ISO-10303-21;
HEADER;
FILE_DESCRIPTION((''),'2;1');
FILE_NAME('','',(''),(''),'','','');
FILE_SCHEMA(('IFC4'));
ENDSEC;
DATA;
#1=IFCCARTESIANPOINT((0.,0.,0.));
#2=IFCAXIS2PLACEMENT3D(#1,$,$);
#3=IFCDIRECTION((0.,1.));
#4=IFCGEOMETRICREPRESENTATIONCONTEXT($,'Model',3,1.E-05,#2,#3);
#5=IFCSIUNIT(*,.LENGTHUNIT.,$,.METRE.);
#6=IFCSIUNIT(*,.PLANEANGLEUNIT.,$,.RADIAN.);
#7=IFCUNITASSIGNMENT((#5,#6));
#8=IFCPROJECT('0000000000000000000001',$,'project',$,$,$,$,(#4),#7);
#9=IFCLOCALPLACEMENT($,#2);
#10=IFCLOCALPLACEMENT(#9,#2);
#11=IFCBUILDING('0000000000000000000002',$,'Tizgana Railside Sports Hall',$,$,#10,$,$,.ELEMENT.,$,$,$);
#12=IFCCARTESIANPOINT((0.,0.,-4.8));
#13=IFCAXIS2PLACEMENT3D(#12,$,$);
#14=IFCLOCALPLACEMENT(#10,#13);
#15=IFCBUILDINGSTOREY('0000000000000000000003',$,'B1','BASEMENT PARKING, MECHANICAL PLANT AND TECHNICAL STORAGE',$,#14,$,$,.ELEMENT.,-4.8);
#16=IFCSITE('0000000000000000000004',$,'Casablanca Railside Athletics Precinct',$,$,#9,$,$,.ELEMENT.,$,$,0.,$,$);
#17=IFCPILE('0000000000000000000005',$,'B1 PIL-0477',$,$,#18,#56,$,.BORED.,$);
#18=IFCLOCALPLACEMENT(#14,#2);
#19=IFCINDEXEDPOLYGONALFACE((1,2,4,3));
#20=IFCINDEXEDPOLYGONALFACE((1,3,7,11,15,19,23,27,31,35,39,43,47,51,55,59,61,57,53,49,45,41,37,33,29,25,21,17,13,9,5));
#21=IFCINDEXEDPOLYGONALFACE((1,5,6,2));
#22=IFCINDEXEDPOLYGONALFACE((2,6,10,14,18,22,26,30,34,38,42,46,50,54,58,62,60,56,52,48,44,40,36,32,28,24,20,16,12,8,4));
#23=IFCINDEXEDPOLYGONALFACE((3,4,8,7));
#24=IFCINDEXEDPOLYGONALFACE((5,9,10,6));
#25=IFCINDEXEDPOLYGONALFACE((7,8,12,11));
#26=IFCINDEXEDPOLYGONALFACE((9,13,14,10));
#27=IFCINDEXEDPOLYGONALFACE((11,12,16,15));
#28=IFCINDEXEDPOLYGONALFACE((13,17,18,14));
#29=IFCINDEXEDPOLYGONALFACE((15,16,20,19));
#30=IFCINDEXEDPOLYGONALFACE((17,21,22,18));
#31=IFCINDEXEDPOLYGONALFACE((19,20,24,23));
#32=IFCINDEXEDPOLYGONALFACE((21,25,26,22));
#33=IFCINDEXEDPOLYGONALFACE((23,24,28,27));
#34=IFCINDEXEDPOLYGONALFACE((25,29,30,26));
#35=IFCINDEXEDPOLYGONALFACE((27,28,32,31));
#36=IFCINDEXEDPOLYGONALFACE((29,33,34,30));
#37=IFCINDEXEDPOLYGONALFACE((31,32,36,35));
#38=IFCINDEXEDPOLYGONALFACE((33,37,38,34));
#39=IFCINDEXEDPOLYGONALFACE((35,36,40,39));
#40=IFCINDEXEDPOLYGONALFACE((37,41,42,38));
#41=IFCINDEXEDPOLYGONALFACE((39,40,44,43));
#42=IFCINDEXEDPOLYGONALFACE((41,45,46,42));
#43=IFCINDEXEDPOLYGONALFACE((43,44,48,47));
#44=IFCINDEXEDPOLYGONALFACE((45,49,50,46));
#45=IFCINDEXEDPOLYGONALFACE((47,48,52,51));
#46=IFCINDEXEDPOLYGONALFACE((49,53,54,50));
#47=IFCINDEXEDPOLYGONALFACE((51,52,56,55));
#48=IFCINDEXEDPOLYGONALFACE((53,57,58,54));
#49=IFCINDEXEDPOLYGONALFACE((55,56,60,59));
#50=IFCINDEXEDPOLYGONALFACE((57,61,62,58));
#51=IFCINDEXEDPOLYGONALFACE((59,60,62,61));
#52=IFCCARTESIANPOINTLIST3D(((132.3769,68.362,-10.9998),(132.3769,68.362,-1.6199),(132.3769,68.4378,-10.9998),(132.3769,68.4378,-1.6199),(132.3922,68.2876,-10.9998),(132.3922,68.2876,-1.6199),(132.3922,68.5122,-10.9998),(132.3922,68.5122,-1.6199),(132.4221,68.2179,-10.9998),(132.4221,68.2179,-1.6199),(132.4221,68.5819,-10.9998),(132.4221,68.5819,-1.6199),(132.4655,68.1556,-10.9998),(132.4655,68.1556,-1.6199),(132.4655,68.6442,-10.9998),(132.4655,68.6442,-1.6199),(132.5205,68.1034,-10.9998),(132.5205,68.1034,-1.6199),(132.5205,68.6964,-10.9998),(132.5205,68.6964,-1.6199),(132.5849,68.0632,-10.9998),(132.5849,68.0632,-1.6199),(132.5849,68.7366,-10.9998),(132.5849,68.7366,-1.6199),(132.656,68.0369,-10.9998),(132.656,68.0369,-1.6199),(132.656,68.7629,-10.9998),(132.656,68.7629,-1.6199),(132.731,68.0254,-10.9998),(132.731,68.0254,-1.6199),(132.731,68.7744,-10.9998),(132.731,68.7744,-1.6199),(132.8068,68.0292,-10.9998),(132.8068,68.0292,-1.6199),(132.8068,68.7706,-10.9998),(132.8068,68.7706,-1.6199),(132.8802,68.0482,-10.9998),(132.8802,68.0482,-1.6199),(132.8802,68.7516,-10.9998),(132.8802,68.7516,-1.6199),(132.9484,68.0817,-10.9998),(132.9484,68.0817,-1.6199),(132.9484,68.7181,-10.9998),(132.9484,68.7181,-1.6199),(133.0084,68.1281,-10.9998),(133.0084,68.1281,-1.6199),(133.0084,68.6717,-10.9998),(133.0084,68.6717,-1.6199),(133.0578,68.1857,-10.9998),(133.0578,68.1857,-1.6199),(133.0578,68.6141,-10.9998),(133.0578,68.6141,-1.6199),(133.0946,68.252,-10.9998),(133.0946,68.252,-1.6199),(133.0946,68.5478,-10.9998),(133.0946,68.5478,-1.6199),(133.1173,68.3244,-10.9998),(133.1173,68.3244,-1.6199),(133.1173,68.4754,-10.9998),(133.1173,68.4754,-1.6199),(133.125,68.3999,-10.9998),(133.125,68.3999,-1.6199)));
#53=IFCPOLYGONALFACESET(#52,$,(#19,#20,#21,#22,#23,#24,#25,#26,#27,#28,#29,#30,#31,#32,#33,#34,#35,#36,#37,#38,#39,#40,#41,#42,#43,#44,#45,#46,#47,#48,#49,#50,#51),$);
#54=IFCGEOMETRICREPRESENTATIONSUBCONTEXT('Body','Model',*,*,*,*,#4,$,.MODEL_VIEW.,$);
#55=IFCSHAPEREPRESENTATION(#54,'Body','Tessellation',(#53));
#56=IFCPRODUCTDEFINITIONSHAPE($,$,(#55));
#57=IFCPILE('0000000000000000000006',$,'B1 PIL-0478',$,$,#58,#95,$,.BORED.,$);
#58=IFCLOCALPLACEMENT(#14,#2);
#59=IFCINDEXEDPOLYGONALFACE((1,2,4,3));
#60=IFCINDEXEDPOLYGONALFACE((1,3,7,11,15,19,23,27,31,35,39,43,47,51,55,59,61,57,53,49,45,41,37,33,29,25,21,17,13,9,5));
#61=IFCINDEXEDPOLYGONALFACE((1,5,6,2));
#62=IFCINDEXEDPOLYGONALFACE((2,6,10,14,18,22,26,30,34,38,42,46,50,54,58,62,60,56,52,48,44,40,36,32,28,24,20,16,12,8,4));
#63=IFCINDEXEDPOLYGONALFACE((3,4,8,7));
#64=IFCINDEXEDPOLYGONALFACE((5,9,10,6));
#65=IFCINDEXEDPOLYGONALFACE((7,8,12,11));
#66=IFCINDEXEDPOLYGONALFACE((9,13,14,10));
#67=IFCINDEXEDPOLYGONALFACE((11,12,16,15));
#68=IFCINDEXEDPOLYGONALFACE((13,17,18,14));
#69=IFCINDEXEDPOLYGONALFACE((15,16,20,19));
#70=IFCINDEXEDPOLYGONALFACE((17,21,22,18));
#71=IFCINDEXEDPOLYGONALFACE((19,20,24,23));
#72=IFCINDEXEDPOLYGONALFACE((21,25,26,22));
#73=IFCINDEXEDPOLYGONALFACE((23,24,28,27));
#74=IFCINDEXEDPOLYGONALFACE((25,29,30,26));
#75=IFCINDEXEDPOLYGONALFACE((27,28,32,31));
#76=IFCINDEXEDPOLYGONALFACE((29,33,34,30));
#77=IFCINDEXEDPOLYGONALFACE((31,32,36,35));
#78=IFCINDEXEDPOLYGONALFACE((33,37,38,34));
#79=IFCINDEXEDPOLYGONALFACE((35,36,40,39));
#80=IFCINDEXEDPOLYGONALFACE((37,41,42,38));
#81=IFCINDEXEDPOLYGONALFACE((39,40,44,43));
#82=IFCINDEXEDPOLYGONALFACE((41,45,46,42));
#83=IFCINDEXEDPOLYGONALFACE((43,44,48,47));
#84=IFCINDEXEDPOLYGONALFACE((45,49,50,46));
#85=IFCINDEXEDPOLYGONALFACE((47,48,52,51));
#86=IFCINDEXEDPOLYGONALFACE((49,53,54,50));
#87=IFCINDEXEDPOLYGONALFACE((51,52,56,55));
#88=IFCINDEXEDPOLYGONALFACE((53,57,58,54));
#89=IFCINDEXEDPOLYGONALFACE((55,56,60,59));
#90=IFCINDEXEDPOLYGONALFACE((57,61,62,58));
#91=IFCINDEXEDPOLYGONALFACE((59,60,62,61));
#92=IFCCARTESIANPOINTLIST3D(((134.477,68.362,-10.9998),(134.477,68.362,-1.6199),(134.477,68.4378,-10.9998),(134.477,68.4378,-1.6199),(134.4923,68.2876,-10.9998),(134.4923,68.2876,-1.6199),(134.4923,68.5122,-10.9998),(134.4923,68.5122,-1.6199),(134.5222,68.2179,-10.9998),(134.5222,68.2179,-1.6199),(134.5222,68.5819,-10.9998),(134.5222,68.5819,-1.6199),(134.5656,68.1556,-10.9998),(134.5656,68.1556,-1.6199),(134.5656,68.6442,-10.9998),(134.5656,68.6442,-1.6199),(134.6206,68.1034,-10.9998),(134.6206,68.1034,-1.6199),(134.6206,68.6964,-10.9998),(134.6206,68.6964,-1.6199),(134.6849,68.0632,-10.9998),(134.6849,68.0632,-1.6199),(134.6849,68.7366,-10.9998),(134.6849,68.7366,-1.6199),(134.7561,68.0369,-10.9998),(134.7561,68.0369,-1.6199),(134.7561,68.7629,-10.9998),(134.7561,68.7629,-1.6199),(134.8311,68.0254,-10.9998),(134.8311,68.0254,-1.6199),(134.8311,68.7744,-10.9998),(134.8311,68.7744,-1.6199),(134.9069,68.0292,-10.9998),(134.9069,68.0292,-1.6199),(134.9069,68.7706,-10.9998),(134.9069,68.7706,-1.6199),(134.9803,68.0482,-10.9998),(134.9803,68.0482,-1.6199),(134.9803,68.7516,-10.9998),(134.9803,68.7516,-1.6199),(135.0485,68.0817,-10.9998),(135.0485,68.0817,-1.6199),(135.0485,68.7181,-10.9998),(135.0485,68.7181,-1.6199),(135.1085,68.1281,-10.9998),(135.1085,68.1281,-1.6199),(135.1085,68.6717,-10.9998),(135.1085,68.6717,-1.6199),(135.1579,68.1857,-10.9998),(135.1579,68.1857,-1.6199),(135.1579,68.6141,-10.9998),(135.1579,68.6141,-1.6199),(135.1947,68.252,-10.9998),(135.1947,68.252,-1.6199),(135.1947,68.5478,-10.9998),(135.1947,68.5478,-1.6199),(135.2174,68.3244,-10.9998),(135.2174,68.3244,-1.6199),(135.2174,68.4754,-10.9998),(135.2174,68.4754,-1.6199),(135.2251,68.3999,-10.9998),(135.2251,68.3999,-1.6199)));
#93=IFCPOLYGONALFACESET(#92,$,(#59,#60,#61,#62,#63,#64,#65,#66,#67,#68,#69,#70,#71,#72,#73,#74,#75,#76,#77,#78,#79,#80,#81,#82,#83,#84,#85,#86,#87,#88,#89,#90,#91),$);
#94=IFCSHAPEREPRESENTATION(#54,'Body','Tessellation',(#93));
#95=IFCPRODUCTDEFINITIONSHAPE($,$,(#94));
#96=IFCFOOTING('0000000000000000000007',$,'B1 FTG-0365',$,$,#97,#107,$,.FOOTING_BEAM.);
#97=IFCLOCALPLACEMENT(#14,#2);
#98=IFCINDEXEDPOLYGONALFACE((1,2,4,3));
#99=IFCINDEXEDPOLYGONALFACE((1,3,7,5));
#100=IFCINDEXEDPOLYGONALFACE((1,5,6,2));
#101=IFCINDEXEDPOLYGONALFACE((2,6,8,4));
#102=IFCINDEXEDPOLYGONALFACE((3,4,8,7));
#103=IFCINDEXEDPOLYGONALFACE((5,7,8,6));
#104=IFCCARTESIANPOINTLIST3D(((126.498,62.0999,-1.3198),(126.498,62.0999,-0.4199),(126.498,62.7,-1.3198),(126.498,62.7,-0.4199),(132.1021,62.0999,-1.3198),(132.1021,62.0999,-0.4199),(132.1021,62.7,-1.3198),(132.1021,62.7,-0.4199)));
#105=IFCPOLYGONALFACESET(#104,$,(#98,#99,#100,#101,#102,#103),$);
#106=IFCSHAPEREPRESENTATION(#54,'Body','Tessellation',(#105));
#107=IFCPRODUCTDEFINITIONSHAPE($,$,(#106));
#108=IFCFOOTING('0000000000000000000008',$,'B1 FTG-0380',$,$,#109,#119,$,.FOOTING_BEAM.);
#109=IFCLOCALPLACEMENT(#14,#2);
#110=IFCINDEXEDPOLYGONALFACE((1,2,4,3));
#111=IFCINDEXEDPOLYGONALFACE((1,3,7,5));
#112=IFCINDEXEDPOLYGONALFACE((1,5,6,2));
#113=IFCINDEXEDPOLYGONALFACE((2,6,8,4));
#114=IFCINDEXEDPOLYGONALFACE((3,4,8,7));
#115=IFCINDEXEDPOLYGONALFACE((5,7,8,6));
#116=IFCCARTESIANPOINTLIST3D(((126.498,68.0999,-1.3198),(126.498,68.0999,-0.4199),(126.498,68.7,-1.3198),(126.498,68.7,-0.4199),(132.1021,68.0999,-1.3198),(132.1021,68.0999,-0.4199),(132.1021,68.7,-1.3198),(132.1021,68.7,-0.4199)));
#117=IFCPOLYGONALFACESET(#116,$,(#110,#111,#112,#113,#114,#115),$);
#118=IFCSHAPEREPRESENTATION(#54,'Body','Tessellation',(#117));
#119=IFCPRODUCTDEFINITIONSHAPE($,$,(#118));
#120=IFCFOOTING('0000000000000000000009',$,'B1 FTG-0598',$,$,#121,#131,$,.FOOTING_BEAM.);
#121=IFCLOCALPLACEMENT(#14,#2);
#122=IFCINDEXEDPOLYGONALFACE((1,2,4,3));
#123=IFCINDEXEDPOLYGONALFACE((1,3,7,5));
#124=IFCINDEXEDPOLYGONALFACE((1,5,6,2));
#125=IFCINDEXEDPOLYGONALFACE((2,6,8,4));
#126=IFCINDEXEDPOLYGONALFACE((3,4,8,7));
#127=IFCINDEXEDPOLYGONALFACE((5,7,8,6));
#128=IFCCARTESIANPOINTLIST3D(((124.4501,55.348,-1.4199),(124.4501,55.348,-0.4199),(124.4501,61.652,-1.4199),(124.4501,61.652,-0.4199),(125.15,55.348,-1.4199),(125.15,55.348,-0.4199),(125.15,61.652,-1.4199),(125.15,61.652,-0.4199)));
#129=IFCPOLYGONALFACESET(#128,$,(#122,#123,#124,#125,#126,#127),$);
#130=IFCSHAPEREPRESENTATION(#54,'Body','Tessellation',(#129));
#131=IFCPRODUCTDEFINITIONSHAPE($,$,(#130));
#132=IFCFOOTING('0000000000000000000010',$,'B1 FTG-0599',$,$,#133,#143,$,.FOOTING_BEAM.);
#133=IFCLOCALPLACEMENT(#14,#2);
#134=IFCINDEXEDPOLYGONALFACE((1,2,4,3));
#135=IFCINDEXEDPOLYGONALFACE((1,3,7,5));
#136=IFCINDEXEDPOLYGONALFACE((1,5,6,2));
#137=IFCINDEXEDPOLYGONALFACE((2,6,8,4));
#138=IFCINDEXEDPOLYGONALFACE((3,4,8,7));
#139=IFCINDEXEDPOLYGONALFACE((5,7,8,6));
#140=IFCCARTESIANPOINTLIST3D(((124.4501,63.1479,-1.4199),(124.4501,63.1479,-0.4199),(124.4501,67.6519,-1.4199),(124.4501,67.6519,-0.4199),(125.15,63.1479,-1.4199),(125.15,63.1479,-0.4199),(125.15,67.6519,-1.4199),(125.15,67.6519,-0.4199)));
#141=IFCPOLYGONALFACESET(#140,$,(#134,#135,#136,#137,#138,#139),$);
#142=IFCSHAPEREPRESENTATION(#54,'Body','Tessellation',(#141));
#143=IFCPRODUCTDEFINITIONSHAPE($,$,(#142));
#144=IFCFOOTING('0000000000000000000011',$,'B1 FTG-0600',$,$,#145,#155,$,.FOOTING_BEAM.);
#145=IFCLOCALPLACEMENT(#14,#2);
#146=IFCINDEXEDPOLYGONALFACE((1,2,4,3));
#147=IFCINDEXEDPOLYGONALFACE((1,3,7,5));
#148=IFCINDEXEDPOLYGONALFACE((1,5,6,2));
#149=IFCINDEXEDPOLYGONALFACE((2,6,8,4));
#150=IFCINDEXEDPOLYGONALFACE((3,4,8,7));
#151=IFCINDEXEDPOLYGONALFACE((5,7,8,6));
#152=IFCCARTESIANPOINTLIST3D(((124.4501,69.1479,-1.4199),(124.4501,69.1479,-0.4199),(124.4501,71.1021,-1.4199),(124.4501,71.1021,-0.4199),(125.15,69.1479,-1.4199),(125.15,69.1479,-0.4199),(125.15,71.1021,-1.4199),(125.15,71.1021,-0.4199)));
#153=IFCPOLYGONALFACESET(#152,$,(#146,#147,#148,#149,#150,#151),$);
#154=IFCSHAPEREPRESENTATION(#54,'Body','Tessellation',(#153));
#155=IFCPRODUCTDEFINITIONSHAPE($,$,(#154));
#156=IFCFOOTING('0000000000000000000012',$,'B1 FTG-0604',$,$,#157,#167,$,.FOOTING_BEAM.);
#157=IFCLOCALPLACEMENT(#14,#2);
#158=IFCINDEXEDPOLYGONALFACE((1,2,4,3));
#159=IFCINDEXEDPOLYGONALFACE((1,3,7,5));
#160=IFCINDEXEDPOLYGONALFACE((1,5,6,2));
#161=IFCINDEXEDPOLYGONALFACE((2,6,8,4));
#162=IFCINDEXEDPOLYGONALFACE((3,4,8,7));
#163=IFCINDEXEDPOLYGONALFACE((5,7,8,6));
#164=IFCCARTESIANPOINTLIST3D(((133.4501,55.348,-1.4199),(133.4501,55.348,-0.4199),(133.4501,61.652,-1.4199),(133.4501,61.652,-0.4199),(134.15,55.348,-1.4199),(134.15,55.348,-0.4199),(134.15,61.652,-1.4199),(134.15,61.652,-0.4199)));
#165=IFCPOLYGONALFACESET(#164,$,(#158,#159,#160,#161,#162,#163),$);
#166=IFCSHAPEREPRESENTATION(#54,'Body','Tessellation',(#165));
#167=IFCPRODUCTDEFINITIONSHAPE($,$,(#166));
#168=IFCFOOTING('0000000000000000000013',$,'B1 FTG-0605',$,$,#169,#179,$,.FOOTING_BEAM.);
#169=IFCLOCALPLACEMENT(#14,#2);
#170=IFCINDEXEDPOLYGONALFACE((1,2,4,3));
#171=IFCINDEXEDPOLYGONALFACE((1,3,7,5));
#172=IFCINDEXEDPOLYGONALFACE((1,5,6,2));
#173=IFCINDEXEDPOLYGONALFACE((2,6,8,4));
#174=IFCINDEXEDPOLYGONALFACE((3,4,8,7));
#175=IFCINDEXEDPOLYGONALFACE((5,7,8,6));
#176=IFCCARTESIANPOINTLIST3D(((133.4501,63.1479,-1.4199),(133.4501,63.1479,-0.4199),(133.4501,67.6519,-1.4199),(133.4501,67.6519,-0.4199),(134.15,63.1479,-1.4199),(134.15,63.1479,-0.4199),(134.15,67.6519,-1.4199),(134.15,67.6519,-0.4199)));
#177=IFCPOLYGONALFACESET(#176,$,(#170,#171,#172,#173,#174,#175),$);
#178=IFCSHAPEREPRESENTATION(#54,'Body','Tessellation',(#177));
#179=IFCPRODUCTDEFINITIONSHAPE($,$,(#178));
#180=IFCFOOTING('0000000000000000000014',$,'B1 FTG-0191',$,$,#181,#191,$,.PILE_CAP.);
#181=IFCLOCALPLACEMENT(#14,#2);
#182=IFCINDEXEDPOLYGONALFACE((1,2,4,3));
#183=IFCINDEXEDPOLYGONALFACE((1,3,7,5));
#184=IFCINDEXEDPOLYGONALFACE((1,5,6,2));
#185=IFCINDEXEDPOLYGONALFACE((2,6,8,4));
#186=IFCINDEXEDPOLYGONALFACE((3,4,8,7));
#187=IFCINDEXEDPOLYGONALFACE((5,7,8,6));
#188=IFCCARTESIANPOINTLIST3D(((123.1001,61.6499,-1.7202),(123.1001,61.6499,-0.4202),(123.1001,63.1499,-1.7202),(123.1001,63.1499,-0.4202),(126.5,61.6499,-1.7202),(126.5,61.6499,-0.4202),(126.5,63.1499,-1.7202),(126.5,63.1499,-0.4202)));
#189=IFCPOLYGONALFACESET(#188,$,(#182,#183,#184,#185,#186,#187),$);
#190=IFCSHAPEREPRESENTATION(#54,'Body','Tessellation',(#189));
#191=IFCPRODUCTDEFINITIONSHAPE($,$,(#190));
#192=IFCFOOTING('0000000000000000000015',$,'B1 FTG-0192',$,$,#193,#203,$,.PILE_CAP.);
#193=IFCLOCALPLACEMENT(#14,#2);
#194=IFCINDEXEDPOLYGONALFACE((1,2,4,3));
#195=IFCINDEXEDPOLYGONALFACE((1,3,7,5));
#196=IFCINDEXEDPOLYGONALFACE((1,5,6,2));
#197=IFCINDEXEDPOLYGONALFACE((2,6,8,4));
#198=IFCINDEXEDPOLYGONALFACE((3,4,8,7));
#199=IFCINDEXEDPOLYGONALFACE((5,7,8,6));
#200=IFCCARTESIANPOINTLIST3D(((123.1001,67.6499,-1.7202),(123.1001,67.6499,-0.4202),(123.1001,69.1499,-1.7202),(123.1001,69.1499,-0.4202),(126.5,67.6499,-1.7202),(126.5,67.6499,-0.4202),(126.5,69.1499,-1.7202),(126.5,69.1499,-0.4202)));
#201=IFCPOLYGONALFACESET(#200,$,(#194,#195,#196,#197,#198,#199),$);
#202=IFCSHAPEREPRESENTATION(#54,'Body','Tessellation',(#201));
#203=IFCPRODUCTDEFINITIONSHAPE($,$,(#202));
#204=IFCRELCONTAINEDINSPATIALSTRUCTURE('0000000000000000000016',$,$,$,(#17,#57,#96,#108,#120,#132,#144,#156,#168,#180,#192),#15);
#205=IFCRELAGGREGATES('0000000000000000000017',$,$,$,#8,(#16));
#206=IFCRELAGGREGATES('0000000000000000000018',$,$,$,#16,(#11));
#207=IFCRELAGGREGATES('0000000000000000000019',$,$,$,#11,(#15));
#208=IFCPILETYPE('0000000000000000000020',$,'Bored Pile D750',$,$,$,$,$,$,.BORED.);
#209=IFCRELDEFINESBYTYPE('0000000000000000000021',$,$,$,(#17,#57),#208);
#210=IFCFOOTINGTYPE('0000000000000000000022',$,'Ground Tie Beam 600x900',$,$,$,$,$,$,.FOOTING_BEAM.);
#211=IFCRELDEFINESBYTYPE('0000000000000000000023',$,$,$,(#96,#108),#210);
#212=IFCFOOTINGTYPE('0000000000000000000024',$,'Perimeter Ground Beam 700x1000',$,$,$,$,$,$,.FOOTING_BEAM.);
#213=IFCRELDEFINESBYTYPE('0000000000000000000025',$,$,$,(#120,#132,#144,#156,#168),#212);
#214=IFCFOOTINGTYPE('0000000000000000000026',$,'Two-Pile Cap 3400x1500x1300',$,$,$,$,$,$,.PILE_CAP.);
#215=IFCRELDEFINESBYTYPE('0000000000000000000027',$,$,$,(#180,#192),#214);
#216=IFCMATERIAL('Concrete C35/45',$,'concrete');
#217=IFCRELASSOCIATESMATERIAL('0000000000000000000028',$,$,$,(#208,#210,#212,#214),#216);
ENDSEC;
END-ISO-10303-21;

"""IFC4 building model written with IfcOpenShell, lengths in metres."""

from ifc_helpers import new_model, si_unit, direction, frame, origin, origin_2d, place, context, subcontext, project, spatial, rectangle, circle, extrude, material, material_profile, profile_set, type_object, element, save


model = new_model("IFC4")

# Units and contexts
model_context = context("Model", 3, precision=1e-05, world=origin(), true_north=direction((0.0, 1.0)))
body_context = subcontext(model_context, "Body", "Model", "MODEL_VIEW")
ifc_project = project(units=[si_unit("LENGTHUNIT", "METRE"), si_unit("PLANEANGLEUNIT", "RADIAN")], contexts=[model_context])

# Site, building, storey
site_placement = place(None, origin())
site = spatial("IfcSite", under=ifc_project, at=site_placement, Name="Casablanca Railside Athletics Precinct", CompositionType="ELEMENT", RefElevation=0.0)
building_placement = place(site_placement, origin())
building = spatial("IfcBuilding", under=site, at=building_placement, Name="Tizgana Railside Sports Hall", CompositionType="ELEMENT")
storey_placement = place(building_placement, frame((0.0, 0.0, -4.8)))
storey = spatial("IfcBuildingStorey", under=building, at=storey_placement, Name="B1", Description="BASEMENT PARKING, MECHANICAL PLANT AND TECHNICAL STORAGE", CompositionType="ELEMENT", Elevation=-4.8)

# Piles
ifc_material_1 = material(Name="Concrete C35/45", Category="concrete")
ifc_material_profile_1 = material_profile(ifc_material_1, circle(Radius=0.375, at=origin_2d()), Name="PILE D750")
ifc_profile_set_1 = profile_set([ifc_material_profile_1], Name="Concrete C35/45")
pile_type = type_object("IfcPileType", Name="Bored Pile D750", PredefinedType="BORED", material=ifc_profile_set_1)
for number, where, z_axis, x_axis, name in (
    (1, (132.75, 68.3999, -1.6199), (0.0, 0.0, -1.0), (1.0, 0.0, 0.0), "B1 PIL-0477"),
    (2, (134.8501, 68.3999, -1.6199), (0.0, 0.0, -1.0), (1.0, 0.0, 0.0), "B1 PIL-0478"),
):
    element("IfcPile", number, at=place(storey_placement, frame(where, z_axis=z_axis, x_axis=x_axis)), inside=storey, type_object=pile_type, Name=name, PredefinedType="BORED", context=body_context, shape_type="SweptSolid", body=[
        extrude(circle(Radius=0.375, at=origin_2d()), origin(), (0.0, 0.0, 1.0), 9.3799),
    ])

# Footings
footing_type_1 = type_object("IfcFootingType", Name="Ground Tie Beam 600x900", PredefinedType="FOOTING_BEAM", material=ifc_material_1)
for number, where, z_axis, x_axis, name in (
    (3, (129.3, 62.3999, -1.3198), (0.0, 0.0, 1.0), (1.0, 0.0, 0.0), "B1 FTG-0365"),
    (4, (129.3, 68.3999, -1.3198), (0.0, 0.0, 1.0), (1.0, 0.0, 0.0), "B1 FTG-0380"),
):
    element("IfcFooting", number, at=place(storey_placement, frame(where, z_axis=z_axis, x_axis=x_axis)), inside=storey, type_object=footing_type_1, Name=name, PredefinedType="FOOTING_BEAM", context=body_context, shape_type="SweptSolid", body=[
        extrude(rectangle(XDim=5.604, YDim=0.6001, at=origin_2d()), origin(), (0.0, 0.0, 1.0), 0.8999),
    ])
footing_type_2 = type_object("IfcFootingType", Name="Perimeter Ground Beam 700x1000", PredefinedType="FOOTING_BEAM", material=ifc_material_1)
footing_1_placement = place(storey_placement, frame((124.8, 58.5, -1.4199), z_axis=(0.0, 0.0, 1.0), x_axis=(0.0, 1.0, 0.0)))
element("IfcFooting", 5, at=footing_1_placement, inside=storey, type_object=footing_type_2, Name="B1 FTG-0598", PredefinedType="FOOTING_BEAM", context=body_context, shape_type="SweptSolid", body=[
    extrude(rectangle(XDim=6.304, YDim=0.7, at=origin_2d()), origin(), (0.0, 0.0, 1.0), 1.0),
])
footing_2_placement = place(storey_placement, frame((124.8, 65.3999, -1.4199), z_axis=(0.0, 0.0, 1.0), x_axis=(0.0, 1.0, 0.0)))
element("IfcFooting", 6, at=footing_2_placement, inside=storey, type_object=footing_type_2, Name="B1 FTG-0599", PredefinedType="FOOTING_BEAM", context=body_context, shape_type="SweptSolid", body=[
    extrude(rectangle(XDim=4.5039, YDim=0.7, at=origin_2d()), origin(), (0.0, 0.0, 1.0), 1.0),
])
footing_3_placement = place(storey_placement, frame((124.8, 70.125, -1.4199), z_axis=(0.0, 0.0, 1.0), x_axis=(0.0, 1.0, 0.0)))
element("IfcFooting", 7, at=footing_3_placement, inside=storey, type_object=footing_type_2, Name="B1 FTG-0600", PredefinedType="FOOTING_BEAM", context=body_context, shape_type="SweptSolid", body=[
    extrude(rectangle(XDim=1.9541, YDim=0.7, at=origin_2d()), origin(), (0.0, 0.0, 1.0), 1.0),
])
footing_4_placement = place(storey_placement, frame((133.8, 58.5, -1.4199), z_axis=(0.0, 0.0, 1.0), x_axis=(0.0, 1.0, 0.0)))
element("IfcFooting", 8, at=footing_4_placement, inside=storey, type_object=footing_type_2, Name="B1 FTG-0604", PredefinedType="FOOTING_BEAM", context=body_context, shape_type="SweptSolid", body=[
    extrude(rectangle(XDim=6.304, YDim=0.7, at=origin_2d()), origin(), (0.0, 0.0, 1.0), 1.0),
])
footing_5_placement = place(storey_placement, frame((133.8, 65.3999, -1.4199), z_axis=(0.0, 0.0, 1.0), x_axis=(0.0, 1.0, 0.0)))
element("IfcFooting", 9, at=footing_5_placement, inside=storey, type_object=footing_type_2, Name="B1 FTG-0605", PredefinedType="FOOTING_BEAM", context=body_context, shape_type="SweptSolid", body=[
    extrude(rectangle(XDim=4.5039, YDim=0.7, at=origin_2d()), origin(), (0.0, 0.0, 1.0), 1.0),
])
footing_type_3 = type_object("IfcFootingType", Name="Two-Pile Cap 3400x1500x1300", PredefinedType="PILE_CAP", material=ifc_material_1)
for number, where, z_axis, x_axis, name in (
    (10, (124.8, 62.3999, -1.7202), (0.0, 0.0, 1.0), (1.0, 0.0, 0.0), "B1 FTG-0191"),
    (11, (124.8, 68.3999, -1.7202), (0.0, 0.0, 1.0), (1.0, 0.0, 0.0), "B1 FTG-0192"),
):
    element("IfcFooting", number, at=place(storey_placement, frame(where, z_axis=z_axis, x_axis=x_axis)), inside=storey, type_object=footing_type_3, Name=name, PredefinedType="PILE_CAP", context=body_context, shape_type="SweptSolid", body=[
        extrude(rectangle(XDim=3.3999, YDim=1.5, at=origin_2d()), origin(), (0.0, 0.0, 1.0), 1.3),
    ])

save(model, "model.ifc")
